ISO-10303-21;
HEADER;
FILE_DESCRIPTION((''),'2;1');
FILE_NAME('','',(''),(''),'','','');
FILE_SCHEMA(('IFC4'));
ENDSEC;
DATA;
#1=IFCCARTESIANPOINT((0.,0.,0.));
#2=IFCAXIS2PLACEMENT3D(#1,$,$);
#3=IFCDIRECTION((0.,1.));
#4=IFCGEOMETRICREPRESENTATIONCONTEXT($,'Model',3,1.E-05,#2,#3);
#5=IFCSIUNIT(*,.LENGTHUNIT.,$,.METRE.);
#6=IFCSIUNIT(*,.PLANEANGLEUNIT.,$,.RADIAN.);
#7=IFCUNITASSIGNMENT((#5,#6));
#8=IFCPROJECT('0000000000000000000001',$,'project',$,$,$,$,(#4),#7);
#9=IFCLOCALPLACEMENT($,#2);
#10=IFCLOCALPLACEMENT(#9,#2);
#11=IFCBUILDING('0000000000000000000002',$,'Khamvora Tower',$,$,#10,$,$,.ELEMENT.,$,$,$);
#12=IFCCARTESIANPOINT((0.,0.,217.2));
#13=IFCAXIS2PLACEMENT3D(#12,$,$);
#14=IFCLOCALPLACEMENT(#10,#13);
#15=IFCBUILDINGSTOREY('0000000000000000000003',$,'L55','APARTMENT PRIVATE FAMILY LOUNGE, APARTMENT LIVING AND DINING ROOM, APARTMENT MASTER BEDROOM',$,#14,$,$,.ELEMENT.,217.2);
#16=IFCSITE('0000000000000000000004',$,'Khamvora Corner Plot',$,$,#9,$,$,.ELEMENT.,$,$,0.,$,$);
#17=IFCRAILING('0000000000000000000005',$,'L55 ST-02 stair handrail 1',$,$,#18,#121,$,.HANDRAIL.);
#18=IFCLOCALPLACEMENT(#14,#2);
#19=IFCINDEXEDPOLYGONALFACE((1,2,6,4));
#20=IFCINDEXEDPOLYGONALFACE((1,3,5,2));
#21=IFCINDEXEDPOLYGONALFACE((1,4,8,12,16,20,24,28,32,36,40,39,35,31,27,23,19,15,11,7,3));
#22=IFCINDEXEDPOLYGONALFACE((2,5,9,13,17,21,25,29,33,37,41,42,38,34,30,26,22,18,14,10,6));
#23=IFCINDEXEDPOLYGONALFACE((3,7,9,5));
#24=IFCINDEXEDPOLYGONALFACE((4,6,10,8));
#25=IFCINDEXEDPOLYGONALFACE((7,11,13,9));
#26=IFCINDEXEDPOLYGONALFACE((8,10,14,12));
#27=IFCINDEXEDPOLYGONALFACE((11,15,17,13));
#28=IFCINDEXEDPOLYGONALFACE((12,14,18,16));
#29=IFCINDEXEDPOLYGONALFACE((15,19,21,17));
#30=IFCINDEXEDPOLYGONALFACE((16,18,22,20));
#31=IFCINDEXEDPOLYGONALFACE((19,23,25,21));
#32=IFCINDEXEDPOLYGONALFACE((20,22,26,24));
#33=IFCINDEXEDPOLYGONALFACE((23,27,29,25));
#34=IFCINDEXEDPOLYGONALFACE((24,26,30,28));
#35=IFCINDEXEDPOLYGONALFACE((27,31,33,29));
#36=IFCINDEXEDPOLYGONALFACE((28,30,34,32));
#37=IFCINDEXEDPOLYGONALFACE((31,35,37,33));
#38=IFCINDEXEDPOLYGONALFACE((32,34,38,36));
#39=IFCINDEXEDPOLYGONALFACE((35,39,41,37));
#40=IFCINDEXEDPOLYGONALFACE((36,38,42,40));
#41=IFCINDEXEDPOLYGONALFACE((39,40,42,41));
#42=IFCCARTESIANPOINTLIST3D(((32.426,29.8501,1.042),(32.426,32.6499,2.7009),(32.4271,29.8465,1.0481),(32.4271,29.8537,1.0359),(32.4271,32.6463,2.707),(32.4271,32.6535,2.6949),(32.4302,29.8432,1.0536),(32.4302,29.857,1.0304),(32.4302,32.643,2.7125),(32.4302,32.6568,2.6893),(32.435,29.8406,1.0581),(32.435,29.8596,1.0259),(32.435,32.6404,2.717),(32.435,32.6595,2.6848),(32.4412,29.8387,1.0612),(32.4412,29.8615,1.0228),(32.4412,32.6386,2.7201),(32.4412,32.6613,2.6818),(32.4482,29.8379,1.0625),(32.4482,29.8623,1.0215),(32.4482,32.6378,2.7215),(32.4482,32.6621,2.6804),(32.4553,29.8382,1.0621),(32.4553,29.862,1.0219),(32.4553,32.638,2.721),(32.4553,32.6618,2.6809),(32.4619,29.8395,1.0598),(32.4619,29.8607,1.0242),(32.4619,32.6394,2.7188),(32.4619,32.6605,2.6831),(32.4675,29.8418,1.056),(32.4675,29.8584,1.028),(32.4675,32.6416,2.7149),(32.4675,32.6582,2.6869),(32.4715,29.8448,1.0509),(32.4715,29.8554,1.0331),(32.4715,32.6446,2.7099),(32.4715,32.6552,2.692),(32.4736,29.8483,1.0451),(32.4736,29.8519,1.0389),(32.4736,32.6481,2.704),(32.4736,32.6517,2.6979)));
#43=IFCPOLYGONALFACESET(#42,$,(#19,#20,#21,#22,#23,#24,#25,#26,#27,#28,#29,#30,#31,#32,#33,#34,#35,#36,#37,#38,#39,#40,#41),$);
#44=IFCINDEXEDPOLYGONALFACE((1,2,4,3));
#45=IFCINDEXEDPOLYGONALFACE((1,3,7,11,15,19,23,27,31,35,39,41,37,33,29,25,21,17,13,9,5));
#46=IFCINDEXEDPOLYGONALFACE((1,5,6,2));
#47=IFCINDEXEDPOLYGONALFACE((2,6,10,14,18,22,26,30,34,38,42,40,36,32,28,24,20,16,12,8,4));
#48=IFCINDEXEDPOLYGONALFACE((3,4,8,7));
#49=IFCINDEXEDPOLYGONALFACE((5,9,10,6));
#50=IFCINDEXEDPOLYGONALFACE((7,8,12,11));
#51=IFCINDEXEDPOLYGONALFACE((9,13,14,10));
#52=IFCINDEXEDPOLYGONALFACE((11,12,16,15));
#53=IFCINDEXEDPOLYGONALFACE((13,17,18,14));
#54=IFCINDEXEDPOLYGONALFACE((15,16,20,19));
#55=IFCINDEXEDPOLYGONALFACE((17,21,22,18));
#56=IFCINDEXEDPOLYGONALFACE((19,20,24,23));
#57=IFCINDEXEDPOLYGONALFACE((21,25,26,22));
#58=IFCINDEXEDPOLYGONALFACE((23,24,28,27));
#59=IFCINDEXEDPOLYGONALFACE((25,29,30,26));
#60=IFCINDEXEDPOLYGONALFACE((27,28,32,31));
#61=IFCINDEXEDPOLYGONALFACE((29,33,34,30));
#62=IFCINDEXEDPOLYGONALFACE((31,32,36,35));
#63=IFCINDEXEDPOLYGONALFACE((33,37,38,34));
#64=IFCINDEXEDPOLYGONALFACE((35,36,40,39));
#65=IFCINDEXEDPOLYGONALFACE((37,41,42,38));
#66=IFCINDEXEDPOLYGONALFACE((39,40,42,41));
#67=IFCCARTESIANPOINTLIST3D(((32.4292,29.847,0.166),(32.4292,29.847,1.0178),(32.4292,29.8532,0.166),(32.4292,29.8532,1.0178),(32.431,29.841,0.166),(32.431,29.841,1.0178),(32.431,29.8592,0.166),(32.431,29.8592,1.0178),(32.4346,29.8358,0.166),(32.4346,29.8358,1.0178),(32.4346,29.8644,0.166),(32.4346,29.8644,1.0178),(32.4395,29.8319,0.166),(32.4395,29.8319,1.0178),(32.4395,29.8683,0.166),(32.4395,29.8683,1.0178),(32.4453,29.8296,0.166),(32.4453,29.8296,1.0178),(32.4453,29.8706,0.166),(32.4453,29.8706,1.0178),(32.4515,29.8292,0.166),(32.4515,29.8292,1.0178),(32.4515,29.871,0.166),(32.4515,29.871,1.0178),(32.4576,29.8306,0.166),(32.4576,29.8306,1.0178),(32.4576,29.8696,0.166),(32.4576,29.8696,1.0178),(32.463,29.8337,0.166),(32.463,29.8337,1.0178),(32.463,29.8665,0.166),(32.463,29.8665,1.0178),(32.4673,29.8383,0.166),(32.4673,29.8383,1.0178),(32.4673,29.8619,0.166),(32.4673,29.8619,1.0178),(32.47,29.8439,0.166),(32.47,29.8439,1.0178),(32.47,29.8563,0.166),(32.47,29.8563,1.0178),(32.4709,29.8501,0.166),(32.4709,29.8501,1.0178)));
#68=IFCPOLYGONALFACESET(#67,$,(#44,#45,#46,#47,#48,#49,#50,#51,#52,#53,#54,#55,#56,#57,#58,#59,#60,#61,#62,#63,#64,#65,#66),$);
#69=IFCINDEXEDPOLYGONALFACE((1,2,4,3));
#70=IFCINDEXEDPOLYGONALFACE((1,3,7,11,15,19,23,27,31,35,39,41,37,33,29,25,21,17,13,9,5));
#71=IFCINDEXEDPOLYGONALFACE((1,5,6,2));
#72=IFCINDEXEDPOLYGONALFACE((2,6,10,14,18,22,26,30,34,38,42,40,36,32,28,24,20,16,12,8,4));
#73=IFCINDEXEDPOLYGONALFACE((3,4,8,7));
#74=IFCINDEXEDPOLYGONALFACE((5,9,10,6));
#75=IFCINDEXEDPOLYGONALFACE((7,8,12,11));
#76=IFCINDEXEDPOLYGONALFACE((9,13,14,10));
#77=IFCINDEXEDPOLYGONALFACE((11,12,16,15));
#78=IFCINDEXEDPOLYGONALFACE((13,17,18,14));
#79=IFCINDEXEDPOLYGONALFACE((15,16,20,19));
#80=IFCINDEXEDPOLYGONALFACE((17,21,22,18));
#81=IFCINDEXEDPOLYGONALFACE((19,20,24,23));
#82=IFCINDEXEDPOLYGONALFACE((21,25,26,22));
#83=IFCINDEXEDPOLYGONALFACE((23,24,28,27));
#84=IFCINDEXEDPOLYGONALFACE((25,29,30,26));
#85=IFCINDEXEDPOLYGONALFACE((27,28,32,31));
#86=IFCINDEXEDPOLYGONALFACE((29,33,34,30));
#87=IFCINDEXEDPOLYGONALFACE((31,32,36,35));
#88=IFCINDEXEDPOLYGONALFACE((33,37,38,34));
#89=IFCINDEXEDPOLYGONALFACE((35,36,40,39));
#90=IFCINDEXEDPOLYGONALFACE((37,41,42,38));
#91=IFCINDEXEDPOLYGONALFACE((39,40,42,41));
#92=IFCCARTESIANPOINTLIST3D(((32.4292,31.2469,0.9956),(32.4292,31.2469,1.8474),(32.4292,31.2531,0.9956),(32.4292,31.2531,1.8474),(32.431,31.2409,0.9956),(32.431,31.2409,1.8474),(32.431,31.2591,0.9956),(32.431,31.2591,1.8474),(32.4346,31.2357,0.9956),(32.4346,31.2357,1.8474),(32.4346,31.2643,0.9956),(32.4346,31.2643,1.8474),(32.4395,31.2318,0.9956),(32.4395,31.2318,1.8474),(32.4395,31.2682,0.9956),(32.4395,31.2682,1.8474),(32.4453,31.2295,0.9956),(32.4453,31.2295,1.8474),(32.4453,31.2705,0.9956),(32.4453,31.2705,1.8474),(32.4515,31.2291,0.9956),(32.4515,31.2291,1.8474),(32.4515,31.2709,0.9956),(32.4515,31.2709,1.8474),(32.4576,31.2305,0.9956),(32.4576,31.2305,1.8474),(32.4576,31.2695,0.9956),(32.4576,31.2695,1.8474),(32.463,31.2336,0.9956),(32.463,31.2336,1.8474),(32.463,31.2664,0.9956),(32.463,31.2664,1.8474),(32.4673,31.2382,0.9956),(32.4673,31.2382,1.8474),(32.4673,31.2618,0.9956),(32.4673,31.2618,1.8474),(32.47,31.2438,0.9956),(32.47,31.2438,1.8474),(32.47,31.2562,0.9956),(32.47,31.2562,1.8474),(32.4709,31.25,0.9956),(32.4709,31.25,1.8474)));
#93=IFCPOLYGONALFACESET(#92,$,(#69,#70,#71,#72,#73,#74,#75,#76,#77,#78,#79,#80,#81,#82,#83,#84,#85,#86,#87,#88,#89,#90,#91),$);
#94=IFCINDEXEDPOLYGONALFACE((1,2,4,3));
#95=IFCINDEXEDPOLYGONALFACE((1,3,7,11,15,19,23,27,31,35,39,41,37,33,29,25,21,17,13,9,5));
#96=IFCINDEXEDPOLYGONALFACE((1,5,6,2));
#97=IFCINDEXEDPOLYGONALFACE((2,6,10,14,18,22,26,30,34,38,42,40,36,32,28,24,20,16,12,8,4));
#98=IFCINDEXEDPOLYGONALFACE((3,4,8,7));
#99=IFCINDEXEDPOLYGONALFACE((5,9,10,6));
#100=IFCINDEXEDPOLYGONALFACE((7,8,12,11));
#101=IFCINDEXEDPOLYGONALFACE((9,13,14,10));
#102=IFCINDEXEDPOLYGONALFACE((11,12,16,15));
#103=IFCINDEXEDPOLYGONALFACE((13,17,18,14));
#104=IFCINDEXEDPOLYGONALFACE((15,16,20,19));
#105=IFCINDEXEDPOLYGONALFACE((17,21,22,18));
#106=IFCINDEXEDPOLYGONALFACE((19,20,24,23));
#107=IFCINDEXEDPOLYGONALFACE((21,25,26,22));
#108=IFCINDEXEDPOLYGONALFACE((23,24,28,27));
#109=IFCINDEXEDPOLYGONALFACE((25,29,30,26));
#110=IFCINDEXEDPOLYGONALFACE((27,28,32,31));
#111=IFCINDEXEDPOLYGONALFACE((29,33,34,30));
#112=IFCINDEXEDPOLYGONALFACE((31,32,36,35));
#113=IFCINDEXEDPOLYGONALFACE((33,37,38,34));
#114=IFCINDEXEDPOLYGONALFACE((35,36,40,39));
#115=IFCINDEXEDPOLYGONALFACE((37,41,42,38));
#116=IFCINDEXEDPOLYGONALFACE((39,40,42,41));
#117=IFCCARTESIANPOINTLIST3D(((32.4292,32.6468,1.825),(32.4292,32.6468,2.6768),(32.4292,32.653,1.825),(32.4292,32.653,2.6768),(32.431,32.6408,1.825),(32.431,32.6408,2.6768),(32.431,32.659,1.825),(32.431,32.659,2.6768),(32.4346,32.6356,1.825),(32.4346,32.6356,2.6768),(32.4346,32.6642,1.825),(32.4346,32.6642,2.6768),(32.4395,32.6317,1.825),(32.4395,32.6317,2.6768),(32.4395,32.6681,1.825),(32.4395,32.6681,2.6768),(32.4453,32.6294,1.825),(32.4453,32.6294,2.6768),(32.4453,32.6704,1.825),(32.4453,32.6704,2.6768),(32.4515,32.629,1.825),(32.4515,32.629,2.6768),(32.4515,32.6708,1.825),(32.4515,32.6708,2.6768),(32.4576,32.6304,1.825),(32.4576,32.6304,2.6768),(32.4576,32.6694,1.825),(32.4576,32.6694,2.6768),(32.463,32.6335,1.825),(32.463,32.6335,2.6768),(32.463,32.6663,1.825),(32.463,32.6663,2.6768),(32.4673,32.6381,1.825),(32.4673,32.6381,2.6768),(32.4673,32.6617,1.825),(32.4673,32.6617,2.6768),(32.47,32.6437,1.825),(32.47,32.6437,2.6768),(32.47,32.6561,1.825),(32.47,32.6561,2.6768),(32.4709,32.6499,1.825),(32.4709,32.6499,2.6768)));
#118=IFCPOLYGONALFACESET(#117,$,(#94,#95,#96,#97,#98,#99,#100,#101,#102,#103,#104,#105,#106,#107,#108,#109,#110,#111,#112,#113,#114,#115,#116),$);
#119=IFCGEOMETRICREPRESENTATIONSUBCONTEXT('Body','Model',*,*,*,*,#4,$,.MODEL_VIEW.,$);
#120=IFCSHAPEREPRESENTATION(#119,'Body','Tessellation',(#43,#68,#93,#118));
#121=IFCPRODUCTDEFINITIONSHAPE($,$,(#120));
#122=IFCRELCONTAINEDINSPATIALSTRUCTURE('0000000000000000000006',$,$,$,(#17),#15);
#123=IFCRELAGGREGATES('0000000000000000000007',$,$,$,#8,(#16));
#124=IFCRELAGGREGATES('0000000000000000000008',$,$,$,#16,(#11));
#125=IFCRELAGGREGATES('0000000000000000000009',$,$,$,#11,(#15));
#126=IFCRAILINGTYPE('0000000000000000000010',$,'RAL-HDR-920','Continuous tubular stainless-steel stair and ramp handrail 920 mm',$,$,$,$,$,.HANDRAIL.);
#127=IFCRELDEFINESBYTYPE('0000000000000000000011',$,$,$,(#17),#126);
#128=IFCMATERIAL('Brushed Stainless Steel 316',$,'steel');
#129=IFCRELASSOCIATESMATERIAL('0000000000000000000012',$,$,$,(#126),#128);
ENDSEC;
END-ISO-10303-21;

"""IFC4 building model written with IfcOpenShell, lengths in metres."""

from ifc_helpers import new_model, si_unit, direction, frame, origin, origin_2d, place, context, subcontext, project, spatial, circle, extrude, material, type_object, element, save


model = new_model("IFC4")

# Units and contexts
model_context = context("Model", 3, precision=1e-05, world=origin(), true_north=direction((0.0, 1.0)))
body_context = subcontext(model_context, "Body", "Model", "MODEL_VIEW")
ifc_project = project(units=[si_unit("LENGTHUNIT", "METRE"), si_unit("PLANEANGLEUNIT", "RADIAN")], contexts=[model_context])

# Site, building, storey
site_placement = place(None, origin())
site = spatial("IfcSite", under=ifc_project, at=site_placement, Name="Khamvora Corner Plot", CompositionType="ELEMENT", RefElevation=0.0)
building_placement = place(site_placement, origin())
building = spatial("IfcBuilding", under=site, at=building_placement, Name="Khamvora Tower", CompositionType="ELEMENT")
storey_placement = place(building_placement, frame((0.0, 0.0, 217.2)))
storey = spatial("IfcBuildingStorey", under=building, at=storey_placement, Name="L55", Description="APARTMENT PRIVATE FAMILY LOUNGE, APARTMENT LIVING AND DINING ROOM, APARTMENT MASTER BEDROOM", CompositionType="ELEMENT", Elevation=217.2)

# Railing
ifc_material_1 = material(Name="Brushed Stainless Steel 316", Category="steel")
railing_type_1 = type_object("IfcRailingType", Name="RAL-HDR-920", Description="Continuous tubular stainless-steel stair and ramp handrail 920 mm", PredefinedType="HANDRAIL", material=ifc_material_1)
railing_1_placement = place(storey_placement, frame((32.45, 29.8501, 0.166)))
element("IfcRailing", 1, at=railing_1_placement, inside=storey, type_object=railing_type_1, Name="L55 ST-02 stair handrail 1", PredefinedType="HANDRAIL", context=body_context, shape_type="SweptSolid", body=[
    extrude(circle(Radius=0.0239, at=origin_2d()), frame((0.0, 0.0, 0.876), z_axis=(0.0, 0.86032, 0.509755), x_axis=(-1.0, 0.0, 0.0)), (0.0, 0.0, 1.0), 3.2544),
    extrude(circle(Radius=0.021, at=origin_2d()), origin(), (0.0, 0.0, 1.0), 0.8518),
    extrude(circle(Radius=0.021, at=origin_2d()), frame((0.0, 1.3999, 0.8296)), (0.0, 0.0, 1.0), 0.8518),
    extrude(circle(Radius=0.021, at=origin_2d()), frame((0.0, 2.7998, 1.6589)), (0.0, 0.0, 1.0), 0.8518),
])

save(model, "model.ifc")
